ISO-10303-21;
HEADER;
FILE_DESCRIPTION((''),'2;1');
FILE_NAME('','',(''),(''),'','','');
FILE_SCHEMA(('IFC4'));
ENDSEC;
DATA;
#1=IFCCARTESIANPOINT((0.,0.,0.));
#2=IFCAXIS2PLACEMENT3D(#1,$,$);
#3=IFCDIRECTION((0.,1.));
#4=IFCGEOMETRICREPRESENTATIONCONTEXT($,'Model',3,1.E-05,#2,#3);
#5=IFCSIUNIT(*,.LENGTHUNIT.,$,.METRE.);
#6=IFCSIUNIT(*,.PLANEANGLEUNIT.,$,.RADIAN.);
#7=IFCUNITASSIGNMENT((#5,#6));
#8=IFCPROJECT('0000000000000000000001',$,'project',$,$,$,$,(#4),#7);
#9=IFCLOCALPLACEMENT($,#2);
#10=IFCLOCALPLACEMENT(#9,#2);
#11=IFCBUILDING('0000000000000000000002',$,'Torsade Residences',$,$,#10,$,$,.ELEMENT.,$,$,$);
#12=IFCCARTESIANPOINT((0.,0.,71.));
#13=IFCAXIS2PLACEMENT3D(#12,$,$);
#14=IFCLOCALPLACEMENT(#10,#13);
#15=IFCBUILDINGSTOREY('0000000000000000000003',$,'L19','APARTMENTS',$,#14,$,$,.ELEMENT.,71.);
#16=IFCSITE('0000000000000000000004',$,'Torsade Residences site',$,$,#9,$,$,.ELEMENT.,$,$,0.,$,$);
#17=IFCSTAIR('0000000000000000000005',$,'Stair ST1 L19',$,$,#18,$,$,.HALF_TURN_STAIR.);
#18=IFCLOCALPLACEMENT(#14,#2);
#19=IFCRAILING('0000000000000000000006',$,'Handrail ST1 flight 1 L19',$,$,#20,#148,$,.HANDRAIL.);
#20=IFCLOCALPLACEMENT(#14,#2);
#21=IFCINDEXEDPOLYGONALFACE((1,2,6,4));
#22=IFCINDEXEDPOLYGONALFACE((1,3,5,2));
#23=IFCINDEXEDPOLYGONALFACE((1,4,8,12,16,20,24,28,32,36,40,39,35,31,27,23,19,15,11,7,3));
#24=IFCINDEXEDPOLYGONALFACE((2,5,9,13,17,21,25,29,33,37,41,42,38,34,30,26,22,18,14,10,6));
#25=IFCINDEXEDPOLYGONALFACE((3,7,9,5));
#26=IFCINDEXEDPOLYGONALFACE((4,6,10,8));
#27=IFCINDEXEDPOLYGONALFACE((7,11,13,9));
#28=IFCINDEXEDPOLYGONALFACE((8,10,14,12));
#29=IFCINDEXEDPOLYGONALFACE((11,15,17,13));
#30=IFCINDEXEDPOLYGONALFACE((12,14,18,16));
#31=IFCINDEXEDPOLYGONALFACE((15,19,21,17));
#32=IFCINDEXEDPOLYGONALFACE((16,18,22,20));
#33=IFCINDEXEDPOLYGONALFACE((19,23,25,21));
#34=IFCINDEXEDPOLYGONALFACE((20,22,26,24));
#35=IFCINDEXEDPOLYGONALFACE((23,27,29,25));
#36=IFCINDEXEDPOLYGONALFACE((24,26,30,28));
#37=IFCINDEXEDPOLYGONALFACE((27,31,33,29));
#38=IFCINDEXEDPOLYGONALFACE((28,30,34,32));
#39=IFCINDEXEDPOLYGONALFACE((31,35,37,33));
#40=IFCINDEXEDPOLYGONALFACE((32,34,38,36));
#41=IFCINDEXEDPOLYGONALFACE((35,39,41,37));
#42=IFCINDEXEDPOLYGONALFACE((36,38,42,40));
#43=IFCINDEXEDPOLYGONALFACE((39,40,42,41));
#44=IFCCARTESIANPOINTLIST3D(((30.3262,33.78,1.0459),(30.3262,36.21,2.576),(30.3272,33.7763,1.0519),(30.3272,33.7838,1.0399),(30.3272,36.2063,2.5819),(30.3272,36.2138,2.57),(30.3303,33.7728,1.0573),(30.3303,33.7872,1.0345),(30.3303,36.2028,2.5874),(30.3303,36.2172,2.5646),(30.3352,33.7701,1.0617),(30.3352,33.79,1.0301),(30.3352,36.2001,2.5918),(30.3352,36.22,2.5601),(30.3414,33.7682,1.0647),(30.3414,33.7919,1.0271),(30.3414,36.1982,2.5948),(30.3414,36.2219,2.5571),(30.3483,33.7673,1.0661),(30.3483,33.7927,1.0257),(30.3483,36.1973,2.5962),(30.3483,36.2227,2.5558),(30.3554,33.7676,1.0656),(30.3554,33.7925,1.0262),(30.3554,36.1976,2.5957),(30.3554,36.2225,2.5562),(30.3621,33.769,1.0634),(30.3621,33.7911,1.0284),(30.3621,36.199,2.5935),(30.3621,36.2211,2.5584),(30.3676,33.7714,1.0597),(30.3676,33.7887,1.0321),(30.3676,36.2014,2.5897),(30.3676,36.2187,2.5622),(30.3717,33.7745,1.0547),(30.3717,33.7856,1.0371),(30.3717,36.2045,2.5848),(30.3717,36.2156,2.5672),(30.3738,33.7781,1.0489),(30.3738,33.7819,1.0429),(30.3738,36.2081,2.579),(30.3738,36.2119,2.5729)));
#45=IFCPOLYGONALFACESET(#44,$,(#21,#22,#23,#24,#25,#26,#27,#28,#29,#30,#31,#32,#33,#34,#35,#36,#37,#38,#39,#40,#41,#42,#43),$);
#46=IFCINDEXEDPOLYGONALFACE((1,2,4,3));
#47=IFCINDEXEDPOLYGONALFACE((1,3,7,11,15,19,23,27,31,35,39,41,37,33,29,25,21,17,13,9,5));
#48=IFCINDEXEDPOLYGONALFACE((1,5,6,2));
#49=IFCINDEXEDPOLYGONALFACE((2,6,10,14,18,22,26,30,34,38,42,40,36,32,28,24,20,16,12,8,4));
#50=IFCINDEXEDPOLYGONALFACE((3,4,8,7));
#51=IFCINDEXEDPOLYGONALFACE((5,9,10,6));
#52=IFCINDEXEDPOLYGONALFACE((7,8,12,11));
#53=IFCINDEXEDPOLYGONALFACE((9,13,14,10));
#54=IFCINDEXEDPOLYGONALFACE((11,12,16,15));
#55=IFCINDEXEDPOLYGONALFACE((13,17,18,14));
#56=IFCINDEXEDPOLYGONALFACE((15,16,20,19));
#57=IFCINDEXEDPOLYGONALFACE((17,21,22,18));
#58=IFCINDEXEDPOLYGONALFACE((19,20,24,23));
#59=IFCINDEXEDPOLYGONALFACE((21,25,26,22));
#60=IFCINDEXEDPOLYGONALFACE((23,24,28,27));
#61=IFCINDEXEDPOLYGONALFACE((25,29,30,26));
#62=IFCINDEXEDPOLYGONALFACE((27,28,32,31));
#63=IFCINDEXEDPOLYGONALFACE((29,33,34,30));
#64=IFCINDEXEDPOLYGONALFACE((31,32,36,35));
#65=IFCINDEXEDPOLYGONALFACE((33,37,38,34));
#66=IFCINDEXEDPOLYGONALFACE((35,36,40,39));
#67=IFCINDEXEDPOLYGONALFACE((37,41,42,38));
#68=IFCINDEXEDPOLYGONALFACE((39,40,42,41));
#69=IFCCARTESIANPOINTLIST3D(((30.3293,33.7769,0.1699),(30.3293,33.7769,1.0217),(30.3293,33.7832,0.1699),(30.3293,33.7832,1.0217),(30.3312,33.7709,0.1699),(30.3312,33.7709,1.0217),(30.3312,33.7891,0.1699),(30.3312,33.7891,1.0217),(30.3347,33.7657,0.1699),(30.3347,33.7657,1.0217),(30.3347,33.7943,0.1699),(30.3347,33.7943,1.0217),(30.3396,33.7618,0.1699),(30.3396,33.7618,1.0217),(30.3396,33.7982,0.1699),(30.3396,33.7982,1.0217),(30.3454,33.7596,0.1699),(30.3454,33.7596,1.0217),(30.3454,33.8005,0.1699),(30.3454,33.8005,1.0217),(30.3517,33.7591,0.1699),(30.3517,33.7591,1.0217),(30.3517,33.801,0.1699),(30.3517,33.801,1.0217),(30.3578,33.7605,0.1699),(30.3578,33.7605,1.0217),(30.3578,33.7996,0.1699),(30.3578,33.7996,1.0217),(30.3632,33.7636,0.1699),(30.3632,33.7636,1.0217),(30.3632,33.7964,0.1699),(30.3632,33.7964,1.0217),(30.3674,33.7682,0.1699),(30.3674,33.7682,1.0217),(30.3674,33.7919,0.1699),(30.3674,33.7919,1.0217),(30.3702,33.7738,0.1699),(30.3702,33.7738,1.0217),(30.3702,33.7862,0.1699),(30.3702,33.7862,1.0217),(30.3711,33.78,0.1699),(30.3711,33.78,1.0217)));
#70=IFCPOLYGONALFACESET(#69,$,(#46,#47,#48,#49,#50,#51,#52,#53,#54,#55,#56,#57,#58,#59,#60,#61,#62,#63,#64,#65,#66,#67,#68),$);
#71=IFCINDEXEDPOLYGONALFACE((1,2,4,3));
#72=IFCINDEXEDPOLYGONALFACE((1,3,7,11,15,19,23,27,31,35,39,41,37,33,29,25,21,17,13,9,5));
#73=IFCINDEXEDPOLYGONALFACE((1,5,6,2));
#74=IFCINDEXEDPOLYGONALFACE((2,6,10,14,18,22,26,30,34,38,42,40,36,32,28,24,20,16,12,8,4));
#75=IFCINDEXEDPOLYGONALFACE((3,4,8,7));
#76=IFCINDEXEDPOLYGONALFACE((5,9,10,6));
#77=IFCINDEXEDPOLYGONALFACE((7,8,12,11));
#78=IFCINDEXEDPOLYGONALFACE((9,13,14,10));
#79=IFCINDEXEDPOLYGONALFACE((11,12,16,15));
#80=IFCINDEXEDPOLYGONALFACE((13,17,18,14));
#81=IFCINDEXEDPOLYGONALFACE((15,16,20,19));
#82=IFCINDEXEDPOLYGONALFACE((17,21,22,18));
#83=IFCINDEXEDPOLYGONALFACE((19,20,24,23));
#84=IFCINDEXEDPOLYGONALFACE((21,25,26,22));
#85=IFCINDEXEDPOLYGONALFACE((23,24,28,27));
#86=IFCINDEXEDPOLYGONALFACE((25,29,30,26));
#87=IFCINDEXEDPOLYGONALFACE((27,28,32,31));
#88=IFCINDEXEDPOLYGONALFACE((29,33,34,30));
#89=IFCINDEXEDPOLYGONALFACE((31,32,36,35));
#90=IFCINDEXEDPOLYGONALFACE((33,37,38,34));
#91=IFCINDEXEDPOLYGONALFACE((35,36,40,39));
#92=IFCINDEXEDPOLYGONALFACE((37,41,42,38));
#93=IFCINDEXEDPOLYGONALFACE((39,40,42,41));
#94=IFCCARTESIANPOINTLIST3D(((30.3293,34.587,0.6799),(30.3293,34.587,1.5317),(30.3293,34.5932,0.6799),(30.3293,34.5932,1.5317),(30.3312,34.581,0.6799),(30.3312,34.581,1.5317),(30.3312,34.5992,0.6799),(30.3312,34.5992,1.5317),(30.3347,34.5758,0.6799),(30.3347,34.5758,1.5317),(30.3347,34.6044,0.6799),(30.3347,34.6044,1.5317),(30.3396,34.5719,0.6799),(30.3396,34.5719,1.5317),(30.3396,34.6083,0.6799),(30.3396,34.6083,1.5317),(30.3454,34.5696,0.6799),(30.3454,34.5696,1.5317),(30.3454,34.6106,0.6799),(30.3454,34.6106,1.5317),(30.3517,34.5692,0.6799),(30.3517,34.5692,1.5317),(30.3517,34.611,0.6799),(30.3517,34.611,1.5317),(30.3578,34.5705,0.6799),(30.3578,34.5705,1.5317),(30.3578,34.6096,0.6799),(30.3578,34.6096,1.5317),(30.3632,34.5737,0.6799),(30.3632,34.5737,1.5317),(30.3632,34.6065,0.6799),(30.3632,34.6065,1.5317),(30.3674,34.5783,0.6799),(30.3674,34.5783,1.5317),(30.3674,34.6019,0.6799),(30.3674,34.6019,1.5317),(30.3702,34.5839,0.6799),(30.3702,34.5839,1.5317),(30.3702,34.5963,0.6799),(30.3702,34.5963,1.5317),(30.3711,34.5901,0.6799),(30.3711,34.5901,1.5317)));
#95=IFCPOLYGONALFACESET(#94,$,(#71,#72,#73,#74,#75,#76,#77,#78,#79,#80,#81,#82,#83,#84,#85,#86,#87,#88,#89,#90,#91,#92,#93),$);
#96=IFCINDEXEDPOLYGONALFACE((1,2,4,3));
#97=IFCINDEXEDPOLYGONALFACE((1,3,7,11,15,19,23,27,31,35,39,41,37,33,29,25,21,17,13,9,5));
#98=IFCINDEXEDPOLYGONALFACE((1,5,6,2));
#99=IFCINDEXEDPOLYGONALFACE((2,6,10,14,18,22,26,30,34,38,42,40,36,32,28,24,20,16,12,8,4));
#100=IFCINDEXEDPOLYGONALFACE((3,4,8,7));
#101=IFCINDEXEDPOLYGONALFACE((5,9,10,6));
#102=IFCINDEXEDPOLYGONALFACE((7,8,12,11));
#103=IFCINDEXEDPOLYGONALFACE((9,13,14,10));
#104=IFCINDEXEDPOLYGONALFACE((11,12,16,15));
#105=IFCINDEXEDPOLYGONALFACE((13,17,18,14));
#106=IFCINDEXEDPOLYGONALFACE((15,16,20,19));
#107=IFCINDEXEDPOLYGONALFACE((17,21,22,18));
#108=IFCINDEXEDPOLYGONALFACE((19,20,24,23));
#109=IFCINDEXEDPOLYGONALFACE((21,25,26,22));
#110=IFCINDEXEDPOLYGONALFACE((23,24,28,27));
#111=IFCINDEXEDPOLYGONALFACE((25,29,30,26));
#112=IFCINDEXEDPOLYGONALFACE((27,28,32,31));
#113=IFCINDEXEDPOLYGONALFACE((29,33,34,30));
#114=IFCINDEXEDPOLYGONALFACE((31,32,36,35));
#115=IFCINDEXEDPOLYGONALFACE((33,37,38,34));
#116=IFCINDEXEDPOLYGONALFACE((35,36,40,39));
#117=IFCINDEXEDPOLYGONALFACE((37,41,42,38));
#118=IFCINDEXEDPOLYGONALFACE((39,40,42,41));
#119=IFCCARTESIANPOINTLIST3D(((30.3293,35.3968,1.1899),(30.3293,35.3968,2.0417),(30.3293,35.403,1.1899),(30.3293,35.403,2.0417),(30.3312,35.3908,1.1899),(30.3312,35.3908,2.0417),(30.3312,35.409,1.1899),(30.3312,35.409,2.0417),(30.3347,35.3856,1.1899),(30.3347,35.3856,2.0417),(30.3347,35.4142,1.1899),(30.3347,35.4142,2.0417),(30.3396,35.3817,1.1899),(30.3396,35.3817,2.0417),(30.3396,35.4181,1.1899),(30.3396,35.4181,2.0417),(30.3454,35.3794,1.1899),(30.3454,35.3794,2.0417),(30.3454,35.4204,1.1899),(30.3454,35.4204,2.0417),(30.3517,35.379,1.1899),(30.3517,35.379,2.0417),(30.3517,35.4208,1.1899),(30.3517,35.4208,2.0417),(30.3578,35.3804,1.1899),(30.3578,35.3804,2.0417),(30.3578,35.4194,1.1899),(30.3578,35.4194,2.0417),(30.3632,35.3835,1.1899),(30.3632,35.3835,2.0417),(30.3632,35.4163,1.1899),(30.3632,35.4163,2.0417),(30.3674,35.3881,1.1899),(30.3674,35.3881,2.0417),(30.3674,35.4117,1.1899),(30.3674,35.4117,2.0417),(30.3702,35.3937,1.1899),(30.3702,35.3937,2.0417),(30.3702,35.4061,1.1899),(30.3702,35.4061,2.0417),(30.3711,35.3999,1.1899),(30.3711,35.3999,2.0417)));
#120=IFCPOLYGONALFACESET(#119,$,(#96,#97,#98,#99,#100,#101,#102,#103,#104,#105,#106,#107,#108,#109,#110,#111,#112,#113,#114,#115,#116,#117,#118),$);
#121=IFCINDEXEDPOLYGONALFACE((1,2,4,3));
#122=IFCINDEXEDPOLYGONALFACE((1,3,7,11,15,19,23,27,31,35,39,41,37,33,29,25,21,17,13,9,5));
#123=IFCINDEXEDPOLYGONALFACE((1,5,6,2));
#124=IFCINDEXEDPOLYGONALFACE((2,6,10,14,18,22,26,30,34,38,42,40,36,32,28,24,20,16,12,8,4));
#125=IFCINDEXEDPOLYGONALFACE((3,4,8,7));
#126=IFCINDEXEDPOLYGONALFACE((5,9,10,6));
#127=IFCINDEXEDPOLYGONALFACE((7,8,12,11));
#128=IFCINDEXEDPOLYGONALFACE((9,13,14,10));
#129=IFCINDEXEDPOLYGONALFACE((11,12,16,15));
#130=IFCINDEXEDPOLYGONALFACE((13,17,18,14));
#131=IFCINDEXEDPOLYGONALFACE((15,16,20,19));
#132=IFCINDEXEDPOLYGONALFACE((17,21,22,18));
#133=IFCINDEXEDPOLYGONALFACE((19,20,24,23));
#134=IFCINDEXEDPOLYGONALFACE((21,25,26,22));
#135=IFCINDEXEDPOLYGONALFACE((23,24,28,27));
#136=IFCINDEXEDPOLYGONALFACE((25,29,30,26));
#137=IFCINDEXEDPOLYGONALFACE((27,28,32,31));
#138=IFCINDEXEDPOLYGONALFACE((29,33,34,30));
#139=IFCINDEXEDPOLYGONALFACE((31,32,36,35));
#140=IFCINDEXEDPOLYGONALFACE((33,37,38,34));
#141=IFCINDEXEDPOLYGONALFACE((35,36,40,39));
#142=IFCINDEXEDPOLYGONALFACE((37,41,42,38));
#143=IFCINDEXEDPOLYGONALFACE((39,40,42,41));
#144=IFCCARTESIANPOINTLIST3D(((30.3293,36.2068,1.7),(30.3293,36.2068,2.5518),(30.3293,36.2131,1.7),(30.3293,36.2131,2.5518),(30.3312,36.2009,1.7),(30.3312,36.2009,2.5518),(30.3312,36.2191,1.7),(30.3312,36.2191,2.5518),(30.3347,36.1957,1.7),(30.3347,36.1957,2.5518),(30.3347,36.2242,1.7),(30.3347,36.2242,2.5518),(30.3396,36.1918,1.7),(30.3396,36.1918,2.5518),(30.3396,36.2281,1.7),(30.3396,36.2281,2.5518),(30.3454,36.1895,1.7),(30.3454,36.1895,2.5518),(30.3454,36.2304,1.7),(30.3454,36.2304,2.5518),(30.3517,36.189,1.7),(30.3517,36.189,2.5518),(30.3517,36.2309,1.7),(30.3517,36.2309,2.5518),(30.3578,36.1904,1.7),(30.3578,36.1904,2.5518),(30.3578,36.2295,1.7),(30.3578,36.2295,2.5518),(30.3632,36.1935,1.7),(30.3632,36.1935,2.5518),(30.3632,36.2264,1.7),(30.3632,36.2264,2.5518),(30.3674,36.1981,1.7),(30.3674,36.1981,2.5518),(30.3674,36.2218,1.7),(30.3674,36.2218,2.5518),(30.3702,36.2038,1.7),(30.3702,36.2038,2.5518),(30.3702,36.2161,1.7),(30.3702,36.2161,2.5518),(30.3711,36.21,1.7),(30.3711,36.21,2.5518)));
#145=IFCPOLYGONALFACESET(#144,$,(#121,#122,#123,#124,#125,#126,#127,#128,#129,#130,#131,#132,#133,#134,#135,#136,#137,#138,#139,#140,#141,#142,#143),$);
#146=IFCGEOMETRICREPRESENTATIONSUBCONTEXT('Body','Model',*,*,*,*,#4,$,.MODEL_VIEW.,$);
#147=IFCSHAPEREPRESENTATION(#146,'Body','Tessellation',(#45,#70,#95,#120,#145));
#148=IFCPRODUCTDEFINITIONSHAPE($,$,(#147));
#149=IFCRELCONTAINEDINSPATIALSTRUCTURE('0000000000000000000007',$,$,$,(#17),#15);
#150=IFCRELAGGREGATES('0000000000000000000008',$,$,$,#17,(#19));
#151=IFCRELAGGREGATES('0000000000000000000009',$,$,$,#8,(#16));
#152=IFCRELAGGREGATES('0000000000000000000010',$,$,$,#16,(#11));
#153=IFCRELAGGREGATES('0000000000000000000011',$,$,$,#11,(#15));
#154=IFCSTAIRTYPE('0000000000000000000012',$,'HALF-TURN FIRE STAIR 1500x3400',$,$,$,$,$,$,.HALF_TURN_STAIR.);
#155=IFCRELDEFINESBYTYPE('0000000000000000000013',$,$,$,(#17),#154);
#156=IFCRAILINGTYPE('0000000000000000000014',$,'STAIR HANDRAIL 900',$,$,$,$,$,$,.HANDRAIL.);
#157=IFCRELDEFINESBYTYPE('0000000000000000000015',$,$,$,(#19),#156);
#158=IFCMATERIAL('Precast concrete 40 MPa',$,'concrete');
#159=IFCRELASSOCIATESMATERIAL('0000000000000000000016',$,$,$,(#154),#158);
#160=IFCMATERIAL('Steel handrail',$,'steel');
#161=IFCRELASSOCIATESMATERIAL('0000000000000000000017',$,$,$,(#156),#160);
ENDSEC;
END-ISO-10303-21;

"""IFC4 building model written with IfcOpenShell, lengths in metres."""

from ifc_helpers import new_model, si_unit, direction, frame, origin, origin_2d, place, context, subcontext, project, spatial, circle, extrude, material, type_object, element, aggregate, save


model = new_model("IFC4")

# Units and contexts
model_context = context("Model", 3, precision=1e-05, world=origin(), true_north=direction((0.0, 1.0)))
body_context = subcontext(model_context, "Body", "Model", "MODEL_VIEW")
ifc_project = project(units=[si_unit("LENGTHUNIT", "METRE"), si_unit("PLANEANGLEUNIT", "RADIAN")], contexts=[model_context])

# Site, building, storey
site_placement = place(None, origin())
site = spatial("IfcSite", under=ifc_project, at=site_placement, Name="Torsade Residences site", CompositionType="ELEMENT", RefElevation=0.0)
building_placement = place(site_placement, origin())
building = spatial("IfcBuilding", under=site, at=building_placement, Name="Torsade Residences", CompositionType="ELEMENT")
storey_placement = place(building_placement, frame((0.0, 0.0, 71.0)))
storey = spatial("IfcBuildingStorey", under=building, at=storey_placement, Name="L19", Description="APARTMENTS", CompositionType="ELEMENT", Elevation=71.0)

# Stair, railing
ifc_material_1 = material(Name="Precast concrete 40 MPa", Category="concrete")
stair_type = type_object("IfcStairType", Name="HALF-TURN FIRE STAIR 1500x3400", PredefinedType="HALF_TURN_STAIR", material=ifc_material_1)
stair_placement = place(storey_placement, origin())
stair = element("IfcStair", 1, at=stair_placement, inside=storey, type_object=stair_type, Name="Stair ST1 L19", PredefinedType="HALF_TURN_STAIR")
ifc_material_2 = material(Name="Steel handrail", Category="steel")
railing_type = type_object("IfcRailingType", Name="STAIR HANDRAIL 900", PredefinedType="HANDRAIL", material=ifc_material_2)
railing_1_placement = place(storey_placement, frame((30.3501, 33.78, 0.1699)))
railing_1 = element("IfcRailing", 2, at=railing_1_placement, type_object=railing_type, Name="Handrail ST1 flight 1 L19", PredefinedType="HANDRAIL", context=body_context, shape_type="SweptSolid", body=[
    extrude(circle(Radius=0.0239, at=origin_2d()), frame((0.0, 0.0, 0.876), z_axis=(0.0, 0.846221, 0.532831), x_axis=(-1.0, 0.0, 0.0)), (0.0, 0.0, 1.0), 2.8716),
    extrude(circle(Radius=0.021, at=origin_2d()), origin(), (0.0, 0.0, 1.0), 0.8518),
    extrude(circle(Radius=0.021, at=origin_2d()), frame((0.0, 0.8101, 0.51)), (0.0, 0.0, 1.0), 0.8518),
    extrude(circle(Radius=0.021, at=origin_2d()), frame((0.0, 1.6199, 1.02)), (0.0, 0.0, 1.0), 0.8518),
    extrude(circle(Radius=0.021, at=origin_2d()), frame((0.0, 2.4299, 1.53)), (0.0, 0.0, 1.0), 0.8518),
])
aggregate(stair, [railing_1])

save(model, "model.ifc")
